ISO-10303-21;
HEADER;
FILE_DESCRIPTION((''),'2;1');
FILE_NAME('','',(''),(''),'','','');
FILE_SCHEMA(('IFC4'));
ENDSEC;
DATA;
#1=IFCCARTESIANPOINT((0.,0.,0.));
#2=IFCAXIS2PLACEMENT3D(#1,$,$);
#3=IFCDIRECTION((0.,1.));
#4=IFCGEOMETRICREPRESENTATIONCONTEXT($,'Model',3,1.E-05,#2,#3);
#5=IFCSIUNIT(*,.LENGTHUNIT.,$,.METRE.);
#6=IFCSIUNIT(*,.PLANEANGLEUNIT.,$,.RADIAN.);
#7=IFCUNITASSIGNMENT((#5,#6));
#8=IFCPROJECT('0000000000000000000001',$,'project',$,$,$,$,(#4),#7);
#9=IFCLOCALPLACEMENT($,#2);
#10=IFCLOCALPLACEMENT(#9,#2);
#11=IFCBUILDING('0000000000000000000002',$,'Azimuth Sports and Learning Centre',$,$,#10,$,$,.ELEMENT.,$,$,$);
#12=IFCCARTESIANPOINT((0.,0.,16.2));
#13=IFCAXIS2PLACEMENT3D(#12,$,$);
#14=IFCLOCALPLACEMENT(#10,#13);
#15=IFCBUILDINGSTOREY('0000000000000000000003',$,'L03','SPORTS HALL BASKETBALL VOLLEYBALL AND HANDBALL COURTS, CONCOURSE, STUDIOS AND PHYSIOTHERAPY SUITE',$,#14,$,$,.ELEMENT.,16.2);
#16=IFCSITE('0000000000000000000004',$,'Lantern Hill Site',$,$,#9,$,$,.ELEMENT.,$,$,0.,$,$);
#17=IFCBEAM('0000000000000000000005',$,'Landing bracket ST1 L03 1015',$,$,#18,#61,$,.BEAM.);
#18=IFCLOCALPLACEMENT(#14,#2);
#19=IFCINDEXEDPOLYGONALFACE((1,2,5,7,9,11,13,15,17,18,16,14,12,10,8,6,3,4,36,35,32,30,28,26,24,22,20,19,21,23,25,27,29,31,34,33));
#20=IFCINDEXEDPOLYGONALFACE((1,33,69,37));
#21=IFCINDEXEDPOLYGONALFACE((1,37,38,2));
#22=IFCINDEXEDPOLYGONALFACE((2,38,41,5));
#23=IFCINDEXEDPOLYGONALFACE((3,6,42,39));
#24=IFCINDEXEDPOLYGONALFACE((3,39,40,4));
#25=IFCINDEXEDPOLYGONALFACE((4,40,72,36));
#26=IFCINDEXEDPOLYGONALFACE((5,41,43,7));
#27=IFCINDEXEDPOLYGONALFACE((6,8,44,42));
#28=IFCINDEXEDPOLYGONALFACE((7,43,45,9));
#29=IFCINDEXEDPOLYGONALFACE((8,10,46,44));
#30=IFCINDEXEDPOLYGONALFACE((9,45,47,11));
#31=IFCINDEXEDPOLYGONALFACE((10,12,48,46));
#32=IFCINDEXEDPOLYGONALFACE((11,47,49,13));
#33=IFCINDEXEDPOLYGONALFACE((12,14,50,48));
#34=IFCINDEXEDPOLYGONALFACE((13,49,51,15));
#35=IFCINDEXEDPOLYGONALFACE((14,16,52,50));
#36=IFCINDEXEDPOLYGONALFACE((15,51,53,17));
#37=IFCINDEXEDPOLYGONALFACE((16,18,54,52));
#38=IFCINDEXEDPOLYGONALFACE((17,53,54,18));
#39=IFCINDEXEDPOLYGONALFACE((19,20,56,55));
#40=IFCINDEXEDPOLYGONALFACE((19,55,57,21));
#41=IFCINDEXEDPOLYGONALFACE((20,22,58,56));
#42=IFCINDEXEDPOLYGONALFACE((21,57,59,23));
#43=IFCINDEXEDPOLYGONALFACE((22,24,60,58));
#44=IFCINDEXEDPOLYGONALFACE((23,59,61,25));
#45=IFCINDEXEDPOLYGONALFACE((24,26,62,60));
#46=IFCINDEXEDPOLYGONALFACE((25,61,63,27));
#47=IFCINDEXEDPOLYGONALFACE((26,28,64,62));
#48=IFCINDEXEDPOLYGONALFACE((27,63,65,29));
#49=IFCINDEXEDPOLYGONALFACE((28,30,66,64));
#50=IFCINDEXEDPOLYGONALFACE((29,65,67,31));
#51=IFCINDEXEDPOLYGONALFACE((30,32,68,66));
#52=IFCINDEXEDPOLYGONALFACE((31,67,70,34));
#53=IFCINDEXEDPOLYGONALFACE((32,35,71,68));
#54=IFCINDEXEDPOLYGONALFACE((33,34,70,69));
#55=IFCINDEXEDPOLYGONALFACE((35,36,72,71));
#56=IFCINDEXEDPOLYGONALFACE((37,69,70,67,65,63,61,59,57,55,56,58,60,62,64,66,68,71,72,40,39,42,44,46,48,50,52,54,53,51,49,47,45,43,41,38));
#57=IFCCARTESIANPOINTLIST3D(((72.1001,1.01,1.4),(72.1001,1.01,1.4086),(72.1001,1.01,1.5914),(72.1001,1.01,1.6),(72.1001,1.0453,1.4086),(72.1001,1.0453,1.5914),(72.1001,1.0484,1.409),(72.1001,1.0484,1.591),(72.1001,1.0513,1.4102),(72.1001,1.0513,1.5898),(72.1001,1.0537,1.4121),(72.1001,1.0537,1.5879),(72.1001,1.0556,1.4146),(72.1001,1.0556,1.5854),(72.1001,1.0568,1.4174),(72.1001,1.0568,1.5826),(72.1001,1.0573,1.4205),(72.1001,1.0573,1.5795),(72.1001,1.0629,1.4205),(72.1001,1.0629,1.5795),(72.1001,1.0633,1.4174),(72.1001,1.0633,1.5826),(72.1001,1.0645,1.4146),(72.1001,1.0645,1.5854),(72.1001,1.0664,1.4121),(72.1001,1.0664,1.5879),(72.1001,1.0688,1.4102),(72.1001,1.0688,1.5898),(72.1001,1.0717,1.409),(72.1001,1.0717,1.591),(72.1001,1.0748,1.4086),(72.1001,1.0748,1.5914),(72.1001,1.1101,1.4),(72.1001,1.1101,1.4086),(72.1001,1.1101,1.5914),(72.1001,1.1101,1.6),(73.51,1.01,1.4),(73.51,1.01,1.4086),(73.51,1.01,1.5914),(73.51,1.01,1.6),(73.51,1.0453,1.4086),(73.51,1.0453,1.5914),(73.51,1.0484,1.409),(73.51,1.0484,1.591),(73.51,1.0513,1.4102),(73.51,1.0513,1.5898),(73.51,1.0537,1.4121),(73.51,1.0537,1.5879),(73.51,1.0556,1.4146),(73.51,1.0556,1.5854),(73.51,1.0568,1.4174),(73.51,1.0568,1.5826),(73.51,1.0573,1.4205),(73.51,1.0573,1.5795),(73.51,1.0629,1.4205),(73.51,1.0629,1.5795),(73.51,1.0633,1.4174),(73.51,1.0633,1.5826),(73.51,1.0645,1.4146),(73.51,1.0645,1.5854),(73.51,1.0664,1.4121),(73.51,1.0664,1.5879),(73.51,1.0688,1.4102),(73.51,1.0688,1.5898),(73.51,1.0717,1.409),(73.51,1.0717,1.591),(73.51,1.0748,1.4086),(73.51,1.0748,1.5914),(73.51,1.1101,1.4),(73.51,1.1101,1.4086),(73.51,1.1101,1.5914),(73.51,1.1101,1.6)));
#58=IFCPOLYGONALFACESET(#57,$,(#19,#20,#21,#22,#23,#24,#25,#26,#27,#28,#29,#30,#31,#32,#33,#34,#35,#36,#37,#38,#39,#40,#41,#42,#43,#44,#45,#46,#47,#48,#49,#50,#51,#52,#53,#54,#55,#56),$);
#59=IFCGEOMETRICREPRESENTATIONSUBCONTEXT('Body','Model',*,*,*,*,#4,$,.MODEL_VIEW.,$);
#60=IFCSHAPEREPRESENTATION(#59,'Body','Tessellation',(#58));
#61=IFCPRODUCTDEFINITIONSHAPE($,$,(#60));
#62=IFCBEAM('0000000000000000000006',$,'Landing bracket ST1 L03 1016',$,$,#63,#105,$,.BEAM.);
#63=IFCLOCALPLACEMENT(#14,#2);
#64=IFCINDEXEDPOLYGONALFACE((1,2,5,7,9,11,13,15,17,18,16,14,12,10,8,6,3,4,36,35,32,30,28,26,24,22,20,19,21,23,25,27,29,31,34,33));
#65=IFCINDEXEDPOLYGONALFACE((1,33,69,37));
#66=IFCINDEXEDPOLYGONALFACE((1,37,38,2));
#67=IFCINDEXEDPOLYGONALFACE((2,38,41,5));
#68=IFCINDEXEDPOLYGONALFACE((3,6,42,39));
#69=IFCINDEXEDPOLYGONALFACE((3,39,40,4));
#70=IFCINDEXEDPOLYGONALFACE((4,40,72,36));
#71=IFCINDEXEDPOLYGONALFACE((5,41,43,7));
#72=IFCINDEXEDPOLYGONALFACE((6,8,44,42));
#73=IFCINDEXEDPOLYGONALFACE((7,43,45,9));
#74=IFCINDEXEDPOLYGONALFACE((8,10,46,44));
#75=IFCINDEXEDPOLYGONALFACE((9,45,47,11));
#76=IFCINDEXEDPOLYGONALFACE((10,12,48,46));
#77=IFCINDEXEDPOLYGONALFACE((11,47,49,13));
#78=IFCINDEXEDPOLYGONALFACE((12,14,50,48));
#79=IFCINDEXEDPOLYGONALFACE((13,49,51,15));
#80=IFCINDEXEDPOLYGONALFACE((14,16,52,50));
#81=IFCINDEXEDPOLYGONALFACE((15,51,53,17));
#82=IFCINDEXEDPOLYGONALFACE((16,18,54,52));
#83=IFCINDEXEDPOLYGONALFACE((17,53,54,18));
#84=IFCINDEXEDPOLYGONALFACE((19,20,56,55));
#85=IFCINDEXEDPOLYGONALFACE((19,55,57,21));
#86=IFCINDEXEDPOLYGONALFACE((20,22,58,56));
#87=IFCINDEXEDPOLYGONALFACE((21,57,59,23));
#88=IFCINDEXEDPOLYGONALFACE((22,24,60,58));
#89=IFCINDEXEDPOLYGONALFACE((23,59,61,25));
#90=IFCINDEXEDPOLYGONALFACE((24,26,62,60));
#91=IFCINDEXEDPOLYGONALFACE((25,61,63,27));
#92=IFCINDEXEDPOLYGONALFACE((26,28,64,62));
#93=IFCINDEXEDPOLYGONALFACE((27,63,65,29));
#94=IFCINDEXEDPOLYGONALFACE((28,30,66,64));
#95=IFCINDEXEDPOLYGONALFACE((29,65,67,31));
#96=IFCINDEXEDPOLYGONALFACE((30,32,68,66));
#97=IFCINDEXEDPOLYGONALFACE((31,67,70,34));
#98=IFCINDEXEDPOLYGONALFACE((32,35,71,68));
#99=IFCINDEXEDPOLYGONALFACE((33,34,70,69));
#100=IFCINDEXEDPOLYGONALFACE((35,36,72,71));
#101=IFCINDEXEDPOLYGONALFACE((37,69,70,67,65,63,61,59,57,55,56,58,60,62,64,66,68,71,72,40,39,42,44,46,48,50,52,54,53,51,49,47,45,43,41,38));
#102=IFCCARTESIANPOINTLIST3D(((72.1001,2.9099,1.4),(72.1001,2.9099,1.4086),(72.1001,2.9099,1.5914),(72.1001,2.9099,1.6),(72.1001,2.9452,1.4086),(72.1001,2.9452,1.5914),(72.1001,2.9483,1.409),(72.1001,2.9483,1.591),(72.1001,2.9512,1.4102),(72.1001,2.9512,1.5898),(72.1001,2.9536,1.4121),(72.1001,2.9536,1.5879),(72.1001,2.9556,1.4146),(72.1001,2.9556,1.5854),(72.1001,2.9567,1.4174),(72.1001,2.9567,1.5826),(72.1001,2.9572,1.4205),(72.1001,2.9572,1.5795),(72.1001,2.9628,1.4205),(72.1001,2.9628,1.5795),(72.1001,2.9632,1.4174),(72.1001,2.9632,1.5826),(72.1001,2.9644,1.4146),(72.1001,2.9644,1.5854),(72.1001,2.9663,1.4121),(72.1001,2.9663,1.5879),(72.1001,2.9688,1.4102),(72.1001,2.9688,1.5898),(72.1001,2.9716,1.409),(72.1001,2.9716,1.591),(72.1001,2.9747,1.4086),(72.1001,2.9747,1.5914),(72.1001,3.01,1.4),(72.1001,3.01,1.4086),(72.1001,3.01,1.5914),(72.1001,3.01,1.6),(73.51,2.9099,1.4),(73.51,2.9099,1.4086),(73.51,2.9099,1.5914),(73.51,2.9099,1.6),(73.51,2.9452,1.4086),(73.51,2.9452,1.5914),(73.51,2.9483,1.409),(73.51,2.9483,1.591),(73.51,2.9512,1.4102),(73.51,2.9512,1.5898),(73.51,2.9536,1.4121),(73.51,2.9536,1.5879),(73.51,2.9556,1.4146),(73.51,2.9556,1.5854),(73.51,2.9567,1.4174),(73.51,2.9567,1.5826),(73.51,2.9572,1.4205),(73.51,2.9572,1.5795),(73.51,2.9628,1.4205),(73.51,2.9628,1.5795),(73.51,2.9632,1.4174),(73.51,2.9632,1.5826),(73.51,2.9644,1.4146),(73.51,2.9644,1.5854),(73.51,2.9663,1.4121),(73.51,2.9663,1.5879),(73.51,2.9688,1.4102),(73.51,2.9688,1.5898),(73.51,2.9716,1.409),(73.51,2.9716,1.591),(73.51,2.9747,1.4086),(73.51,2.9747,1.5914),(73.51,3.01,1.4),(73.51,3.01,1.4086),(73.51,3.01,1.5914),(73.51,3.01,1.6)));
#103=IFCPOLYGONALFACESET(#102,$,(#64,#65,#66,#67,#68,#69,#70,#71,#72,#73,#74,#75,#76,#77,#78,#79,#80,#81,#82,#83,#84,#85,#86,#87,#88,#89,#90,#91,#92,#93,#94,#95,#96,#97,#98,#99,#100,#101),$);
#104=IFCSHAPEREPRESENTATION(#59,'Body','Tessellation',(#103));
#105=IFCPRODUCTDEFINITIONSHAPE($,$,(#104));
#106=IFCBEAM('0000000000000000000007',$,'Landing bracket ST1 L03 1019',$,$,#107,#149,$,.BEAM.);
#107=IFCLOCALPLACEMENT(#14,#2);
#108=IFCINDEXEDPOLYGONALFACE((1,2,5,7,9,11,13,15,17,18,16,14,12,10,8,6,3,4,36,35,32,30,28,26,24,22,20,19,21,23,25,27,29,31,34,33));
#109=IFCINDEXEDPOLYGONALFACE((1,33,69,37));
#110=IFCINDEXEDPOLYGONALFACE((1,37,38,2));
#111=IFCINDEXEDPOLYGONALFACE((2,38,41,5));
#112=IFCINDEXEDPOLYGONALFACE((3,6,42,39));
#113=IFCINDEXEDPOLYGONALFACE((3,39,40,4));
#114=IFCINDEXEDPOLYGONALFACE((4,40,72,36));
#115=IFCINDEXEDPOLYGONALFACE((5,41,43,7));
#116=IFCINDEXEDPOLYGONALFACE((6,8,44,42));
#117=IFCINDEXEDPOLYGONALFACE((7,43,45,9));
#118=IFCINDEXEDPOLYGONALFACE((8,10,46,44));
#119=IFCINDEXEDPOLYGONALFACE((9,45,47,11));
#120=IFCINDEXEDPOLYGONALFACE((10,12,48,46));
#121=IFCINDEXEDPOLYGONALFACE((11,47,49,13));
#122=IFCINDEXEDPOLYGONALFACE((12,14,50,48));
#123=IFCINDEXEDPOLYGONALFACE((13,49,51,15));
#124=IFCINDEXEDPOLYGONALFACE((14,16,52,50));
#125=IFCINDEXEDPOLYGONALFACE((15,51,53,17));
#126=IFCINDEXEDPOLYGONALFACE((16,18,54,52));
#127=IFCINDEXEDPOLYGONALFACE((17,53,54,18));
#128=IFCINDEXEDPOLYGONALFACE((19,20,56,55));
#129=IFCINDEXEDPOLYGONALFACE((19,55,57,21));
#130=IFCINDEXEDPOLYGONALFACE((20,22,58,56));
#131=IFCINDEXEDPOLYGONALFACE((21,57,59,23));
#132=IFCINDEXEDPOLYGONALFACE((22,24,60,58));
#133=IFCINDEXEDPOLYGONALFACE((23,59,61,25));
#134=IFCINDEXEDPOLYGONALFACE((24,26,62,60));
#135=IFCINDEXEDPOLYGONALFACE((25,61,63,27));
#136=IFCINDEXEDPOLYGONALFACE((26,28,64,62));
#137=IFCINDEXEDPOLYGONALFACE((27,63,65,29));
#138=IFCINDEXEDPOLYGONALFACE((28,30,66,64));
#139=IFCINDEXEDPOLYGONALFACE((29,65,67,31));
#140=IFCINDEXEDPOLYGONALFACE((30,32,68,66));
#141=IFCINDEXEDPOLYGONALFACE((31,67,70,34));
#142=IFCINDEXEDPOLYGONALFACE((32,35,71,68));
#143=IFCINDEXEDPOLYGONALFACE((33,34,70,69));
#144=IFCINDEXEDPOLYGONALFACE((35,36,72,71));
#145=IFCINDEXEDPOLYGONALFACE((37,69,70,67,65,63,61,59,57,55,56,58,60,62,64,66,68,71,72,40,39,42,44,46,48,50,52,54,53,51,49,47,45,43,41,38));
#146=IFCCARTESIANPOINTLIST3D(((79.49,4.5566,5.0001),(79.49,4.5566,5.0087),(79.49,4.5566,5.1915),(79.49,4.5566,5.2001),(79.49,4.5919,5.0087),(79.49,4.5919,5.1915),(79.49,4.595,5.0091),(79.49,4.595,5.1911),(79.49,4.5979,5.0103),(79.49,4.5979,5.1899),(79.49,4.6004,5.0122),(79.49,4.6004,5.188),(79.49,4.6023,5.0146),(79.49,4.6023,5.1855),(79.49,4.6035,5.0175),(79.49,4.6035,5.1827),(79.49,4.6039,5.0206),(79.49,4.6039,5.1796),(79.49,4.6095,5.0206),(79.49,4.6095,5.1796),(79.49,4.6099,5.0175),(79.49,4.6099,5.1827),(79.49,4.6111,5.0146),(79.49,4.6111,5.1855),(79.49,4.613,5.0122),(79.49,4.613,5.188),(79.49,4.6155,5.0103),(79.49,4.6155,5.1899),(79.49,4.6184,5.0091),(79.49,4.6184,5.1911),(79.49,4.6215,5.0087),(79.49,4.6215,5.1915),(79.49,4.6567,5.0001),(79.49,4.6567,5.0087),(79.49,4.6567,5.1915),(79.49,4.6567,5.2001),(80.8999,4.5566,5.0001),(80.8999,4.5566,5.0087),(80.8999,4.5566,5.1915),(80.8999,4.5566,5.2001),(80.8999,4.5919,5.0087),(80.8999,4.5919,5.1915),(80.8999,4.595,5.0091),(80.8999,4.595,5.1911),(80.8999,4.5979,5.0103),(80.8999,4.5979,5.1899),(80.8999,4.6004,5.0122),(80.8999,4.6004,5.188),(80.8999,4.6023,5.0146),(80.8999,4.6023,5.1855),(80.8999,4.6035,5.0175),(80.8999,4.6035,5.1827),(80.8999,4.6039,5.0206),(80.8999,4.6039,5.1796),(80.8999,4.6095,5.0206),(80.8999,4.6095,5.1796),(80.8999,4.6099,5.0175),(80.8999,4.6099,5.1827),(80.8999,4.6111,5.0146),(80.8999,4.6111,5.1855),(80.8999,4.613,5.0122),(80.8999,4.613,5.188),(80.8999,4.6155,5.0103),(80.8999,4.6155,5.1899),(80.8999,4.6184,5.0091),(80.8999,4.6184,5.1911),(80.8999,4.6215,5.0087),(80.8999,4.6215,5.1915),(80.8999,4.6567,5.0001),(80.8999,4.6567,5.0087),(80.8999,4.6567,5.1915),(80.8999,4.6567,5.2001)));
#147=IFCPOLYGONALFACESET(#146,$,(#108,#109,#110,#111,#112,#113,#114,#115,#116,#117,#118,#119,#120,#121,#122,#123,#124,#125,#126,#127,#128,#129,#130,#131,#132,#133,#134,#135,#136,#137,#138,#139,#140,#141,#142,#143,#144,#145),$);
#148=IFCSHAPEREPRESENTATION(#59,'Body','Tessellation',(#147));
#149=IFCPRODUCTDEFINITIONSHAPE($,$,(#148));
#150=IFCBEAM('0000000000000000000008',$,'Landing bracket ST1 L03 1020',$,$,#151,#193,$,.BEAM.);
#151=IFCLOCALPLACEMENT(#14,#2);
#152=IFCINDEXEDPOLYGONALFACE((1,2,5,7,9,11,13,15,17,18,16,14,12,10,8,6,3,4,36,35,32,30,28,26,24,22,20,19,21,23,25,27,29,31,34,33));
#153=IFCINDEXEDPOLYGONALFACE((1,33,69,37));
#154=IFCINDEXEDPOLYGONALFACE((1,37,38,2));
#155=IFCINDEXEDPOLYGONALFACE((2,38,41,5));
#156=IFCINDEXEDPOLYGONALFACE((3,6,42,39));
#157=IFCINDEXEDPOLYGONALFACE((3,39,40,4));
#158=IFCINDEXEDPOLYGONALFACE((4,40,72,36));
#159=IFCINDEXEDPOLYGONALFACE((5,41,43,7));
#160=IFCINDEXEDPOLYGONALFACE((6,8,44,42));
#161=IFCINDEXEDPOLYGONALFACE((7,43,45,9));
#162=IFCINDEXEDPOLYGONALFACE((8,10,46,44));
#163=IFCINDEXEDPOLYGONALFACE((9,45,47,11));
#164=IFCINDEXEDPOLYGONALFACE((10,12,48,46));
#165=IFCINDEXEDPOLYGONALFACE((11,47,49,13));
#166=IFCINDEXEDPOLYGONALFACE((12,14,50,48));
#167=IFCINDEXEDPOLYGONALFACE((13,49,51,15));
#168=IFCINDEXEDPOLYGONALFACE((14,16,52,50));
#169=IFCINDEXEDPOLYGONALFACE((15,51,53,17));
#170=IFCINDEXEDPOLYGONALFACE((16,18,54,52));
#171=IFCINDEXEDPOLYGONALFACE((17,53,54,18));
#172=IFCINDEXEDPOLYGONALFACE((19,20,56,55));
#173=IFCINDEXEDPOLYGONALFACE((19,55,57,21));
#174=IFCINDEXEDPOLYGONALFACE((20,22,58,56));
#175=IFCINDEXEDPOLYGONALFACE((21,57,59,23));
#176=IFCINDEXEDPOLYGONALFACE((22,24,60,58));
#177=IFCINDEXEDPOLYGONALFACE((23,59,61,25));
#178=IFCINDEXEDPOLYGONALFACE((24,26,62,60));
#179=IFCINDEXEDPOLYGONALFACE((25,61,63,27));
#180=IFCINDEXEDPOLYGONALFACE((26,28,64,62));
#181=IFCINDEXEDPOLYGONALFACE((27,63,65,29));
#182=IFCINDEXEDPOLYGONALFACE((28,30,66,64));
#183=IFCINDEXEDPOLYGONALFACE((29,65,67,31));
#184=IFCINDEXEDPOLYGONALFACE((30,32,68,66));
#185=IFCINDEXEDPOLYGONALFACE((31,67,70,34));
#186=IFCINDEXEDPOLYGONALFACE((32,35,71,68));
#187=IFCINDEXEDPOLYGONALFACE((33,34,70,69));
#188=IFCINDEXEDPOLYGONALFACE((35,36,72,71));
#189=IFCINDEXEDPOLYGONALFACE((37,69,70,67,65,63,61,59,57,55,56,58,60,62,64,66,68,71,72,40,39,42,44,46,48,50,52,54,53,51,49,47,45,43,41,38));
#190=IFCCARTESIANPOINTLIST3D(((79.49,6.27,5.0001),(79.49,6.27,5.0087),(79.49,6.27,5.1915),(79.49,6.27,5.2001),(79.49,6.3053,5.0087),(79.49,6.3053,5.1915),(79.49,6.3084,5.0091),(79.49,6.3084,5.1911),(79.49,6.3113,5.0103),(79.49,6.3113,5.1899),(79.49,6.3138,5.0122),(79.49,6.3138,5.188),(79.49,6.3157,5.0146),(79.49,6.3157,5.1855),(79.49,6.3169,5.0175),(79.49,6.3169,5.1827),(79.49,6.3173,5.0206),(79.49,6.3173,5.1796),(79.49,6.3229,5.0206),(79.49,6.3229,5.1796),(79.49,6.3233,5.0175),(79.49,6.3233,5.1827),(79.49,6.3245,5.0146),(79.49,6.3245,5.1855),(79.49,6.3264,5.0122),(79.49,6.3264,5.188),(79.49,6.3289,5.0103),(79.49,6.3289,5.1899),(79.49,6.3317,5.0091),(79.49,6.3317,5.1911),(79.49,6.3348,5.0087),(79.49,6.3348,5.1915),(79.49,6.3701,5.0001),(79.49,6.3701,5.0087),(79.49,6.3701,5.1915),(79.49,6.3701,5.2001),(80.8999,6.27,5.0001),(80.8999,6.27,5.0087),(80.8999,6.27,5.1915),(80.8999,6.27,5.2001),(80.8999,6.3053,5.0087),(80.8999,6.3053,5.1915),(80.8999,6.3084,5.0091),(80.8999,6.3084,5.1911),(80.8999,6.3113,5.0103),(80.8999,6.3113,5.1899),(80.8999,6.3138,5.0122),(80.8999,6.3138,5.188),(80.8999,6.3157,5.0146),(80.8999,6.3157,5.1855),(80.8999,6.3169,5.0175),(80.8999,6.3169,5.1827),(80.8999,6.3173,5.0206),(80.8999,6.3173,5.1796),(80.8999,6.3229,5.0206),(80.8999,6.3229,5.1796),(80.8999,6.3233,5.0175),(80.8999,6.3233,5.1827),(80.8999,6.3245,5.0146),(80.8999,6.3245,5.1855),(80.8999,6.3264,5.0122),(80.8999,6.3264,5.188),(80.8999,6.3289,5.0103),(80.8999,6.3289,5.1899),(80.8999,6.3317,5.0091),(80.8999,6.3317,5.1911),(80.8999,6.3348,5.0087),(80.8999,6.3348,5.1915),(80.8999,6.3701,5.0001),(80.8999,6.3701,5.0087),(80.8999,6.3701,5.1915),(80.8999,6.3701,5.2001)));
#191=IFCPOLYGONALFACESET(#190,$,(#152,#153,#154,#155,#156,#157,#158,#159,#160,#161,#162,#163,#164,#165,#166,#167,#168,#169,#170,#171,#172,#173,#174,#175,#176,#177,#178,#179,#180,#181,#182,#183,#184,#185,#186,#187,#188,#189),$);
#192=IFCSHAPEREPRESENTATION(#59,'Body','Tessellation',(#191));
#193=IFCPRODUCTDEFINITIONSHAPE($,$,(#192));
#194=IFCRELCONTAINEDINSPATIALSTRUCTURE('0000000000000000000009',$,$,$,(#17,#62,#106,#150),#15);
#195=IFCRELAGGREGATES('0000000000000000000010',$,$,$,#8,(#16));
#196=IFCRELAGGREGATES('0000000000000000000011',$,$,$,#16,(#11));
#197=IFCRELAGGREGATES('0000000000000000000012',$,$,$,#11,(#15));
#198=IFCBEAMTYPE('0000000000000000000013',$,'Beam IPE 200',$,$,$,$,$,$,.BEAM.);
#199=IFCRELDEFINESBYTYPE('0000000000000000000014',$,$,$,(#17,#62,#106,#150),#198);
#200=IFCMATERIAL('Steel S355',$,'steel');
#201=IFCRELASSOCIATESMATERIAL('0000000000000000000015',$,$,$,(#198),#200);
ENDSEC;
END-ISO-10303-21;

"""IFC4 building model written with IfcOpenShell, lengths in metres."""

from ifc_helpers import new_model, si_unit, direction, frame, origin, origin_2d, place, context, subcontext, project, spatial, i_section, extrude, material, material_profile, profile_set, type_object, element, save


model = new_model("IFC4")

# Units and contexts
model_context = context("Model", 3, precision=1e-05, world=origin(), true_north=direction((0.0, 1.0)))
body_context = subcontext(model_context, "Body", "Model", "MODEL_VIEW")
ifc_project = project(units=[si_unit("LENGTHUNIT", "METRE"), si_unit("PLANEANGLEUNIT", "RADIAN")], contexts=[model_context])

# Site, building, storey
site_placement = place(None, origin())
site = spatial("IfcSite", under=ifc_project, at=site_placement, Name="Lantern Hill Site", CompositionType="ELEMENT", RefElevation=0.0)
building_placement = place(site_placement, origin())
building = spatial("IfcBuilding", under=site, at=building_placement, Name="Azimuth Sports and Learning Centre", CompositionType="ELEMENT")
storey_placement = place(building_placement, frame((0.0, 0.0, 16.2)))
storey = spatial("IfcBuildingStorey", under=building, at=storey_placement, Name="L03", Description="SPORTS HALL BASKETBALL VOLLEYBALL AND HANDBALL COURTS, CONCOURSE, STUDIOS AND PHYSIOTHERAPY SUITE", CompositionType="ELEMENT", Elevation=16.2)

# Beams
ifc_material_1 = material(Name="Steel S355", Category="steel")
ifc_material_profile_1 = material_profile(ifc_material_1, i_section(OverallWidth=0.1001, OverallDepth=0.2, WebThickness=0.0056, FlangeThickness=0.0085, FilletRadius=0.012, at=origin_2d()), Name="IPE 200")
ifc_profile_set_1 = profile_set([ifc_material_profile_1], Name="Steel S355")
beam_type = type_object("IfcBeamType", Name="Beam IPE 200", PredefinedType="BEAM", material=ifc_profile_set_1)
for number, where, z_axis, x_axis, name in (
    (1, (72.1001, 1.0601, 1.5), (1.0, 0.0, 0.0), (0.0, 1.0, 0.0), "Landing bracket ST1 L03 1015"),
    (2, (72.1001, 2.96, 1.5), (1.0, 0.0, 0.0), (0.0, 1.0, 0.0), "Landing bracket ST1 L03 1016"),
    (3, (80.8999, 4.6067, 5.1001), (-1.0, 0.0, 0.0), (0.0, -1.0, 0.0), "Landing bracket ST1 L03 1019"),
    (4, (80.8999, 6.3201, 5.1001), (-1.0, 0.0, 0.0), (0.0, -1.0, 0.0), "Landing bracket ST1 L03 1020"),
):
    element("IfcBeam", number, at=place(storey_placement, frame(where, z_axis=z_axis, x_axis=x_axis)), inside=storey, type_object=beam_type, Name=name, PredefinedType="BEAM", context=body_context, shape_type="SweptSolid", body=[
        extrude(i_section(OverallWidth=0.1001, OverallDepth=0.2, WebThickness=0.0056, FlangeThickness=0.0085, FilletRadius=0.012, at=origin_2d()), origin(), (0.0, 0.0, 1.0), 1.4099),
    ])

save(model, "model.ifc")
